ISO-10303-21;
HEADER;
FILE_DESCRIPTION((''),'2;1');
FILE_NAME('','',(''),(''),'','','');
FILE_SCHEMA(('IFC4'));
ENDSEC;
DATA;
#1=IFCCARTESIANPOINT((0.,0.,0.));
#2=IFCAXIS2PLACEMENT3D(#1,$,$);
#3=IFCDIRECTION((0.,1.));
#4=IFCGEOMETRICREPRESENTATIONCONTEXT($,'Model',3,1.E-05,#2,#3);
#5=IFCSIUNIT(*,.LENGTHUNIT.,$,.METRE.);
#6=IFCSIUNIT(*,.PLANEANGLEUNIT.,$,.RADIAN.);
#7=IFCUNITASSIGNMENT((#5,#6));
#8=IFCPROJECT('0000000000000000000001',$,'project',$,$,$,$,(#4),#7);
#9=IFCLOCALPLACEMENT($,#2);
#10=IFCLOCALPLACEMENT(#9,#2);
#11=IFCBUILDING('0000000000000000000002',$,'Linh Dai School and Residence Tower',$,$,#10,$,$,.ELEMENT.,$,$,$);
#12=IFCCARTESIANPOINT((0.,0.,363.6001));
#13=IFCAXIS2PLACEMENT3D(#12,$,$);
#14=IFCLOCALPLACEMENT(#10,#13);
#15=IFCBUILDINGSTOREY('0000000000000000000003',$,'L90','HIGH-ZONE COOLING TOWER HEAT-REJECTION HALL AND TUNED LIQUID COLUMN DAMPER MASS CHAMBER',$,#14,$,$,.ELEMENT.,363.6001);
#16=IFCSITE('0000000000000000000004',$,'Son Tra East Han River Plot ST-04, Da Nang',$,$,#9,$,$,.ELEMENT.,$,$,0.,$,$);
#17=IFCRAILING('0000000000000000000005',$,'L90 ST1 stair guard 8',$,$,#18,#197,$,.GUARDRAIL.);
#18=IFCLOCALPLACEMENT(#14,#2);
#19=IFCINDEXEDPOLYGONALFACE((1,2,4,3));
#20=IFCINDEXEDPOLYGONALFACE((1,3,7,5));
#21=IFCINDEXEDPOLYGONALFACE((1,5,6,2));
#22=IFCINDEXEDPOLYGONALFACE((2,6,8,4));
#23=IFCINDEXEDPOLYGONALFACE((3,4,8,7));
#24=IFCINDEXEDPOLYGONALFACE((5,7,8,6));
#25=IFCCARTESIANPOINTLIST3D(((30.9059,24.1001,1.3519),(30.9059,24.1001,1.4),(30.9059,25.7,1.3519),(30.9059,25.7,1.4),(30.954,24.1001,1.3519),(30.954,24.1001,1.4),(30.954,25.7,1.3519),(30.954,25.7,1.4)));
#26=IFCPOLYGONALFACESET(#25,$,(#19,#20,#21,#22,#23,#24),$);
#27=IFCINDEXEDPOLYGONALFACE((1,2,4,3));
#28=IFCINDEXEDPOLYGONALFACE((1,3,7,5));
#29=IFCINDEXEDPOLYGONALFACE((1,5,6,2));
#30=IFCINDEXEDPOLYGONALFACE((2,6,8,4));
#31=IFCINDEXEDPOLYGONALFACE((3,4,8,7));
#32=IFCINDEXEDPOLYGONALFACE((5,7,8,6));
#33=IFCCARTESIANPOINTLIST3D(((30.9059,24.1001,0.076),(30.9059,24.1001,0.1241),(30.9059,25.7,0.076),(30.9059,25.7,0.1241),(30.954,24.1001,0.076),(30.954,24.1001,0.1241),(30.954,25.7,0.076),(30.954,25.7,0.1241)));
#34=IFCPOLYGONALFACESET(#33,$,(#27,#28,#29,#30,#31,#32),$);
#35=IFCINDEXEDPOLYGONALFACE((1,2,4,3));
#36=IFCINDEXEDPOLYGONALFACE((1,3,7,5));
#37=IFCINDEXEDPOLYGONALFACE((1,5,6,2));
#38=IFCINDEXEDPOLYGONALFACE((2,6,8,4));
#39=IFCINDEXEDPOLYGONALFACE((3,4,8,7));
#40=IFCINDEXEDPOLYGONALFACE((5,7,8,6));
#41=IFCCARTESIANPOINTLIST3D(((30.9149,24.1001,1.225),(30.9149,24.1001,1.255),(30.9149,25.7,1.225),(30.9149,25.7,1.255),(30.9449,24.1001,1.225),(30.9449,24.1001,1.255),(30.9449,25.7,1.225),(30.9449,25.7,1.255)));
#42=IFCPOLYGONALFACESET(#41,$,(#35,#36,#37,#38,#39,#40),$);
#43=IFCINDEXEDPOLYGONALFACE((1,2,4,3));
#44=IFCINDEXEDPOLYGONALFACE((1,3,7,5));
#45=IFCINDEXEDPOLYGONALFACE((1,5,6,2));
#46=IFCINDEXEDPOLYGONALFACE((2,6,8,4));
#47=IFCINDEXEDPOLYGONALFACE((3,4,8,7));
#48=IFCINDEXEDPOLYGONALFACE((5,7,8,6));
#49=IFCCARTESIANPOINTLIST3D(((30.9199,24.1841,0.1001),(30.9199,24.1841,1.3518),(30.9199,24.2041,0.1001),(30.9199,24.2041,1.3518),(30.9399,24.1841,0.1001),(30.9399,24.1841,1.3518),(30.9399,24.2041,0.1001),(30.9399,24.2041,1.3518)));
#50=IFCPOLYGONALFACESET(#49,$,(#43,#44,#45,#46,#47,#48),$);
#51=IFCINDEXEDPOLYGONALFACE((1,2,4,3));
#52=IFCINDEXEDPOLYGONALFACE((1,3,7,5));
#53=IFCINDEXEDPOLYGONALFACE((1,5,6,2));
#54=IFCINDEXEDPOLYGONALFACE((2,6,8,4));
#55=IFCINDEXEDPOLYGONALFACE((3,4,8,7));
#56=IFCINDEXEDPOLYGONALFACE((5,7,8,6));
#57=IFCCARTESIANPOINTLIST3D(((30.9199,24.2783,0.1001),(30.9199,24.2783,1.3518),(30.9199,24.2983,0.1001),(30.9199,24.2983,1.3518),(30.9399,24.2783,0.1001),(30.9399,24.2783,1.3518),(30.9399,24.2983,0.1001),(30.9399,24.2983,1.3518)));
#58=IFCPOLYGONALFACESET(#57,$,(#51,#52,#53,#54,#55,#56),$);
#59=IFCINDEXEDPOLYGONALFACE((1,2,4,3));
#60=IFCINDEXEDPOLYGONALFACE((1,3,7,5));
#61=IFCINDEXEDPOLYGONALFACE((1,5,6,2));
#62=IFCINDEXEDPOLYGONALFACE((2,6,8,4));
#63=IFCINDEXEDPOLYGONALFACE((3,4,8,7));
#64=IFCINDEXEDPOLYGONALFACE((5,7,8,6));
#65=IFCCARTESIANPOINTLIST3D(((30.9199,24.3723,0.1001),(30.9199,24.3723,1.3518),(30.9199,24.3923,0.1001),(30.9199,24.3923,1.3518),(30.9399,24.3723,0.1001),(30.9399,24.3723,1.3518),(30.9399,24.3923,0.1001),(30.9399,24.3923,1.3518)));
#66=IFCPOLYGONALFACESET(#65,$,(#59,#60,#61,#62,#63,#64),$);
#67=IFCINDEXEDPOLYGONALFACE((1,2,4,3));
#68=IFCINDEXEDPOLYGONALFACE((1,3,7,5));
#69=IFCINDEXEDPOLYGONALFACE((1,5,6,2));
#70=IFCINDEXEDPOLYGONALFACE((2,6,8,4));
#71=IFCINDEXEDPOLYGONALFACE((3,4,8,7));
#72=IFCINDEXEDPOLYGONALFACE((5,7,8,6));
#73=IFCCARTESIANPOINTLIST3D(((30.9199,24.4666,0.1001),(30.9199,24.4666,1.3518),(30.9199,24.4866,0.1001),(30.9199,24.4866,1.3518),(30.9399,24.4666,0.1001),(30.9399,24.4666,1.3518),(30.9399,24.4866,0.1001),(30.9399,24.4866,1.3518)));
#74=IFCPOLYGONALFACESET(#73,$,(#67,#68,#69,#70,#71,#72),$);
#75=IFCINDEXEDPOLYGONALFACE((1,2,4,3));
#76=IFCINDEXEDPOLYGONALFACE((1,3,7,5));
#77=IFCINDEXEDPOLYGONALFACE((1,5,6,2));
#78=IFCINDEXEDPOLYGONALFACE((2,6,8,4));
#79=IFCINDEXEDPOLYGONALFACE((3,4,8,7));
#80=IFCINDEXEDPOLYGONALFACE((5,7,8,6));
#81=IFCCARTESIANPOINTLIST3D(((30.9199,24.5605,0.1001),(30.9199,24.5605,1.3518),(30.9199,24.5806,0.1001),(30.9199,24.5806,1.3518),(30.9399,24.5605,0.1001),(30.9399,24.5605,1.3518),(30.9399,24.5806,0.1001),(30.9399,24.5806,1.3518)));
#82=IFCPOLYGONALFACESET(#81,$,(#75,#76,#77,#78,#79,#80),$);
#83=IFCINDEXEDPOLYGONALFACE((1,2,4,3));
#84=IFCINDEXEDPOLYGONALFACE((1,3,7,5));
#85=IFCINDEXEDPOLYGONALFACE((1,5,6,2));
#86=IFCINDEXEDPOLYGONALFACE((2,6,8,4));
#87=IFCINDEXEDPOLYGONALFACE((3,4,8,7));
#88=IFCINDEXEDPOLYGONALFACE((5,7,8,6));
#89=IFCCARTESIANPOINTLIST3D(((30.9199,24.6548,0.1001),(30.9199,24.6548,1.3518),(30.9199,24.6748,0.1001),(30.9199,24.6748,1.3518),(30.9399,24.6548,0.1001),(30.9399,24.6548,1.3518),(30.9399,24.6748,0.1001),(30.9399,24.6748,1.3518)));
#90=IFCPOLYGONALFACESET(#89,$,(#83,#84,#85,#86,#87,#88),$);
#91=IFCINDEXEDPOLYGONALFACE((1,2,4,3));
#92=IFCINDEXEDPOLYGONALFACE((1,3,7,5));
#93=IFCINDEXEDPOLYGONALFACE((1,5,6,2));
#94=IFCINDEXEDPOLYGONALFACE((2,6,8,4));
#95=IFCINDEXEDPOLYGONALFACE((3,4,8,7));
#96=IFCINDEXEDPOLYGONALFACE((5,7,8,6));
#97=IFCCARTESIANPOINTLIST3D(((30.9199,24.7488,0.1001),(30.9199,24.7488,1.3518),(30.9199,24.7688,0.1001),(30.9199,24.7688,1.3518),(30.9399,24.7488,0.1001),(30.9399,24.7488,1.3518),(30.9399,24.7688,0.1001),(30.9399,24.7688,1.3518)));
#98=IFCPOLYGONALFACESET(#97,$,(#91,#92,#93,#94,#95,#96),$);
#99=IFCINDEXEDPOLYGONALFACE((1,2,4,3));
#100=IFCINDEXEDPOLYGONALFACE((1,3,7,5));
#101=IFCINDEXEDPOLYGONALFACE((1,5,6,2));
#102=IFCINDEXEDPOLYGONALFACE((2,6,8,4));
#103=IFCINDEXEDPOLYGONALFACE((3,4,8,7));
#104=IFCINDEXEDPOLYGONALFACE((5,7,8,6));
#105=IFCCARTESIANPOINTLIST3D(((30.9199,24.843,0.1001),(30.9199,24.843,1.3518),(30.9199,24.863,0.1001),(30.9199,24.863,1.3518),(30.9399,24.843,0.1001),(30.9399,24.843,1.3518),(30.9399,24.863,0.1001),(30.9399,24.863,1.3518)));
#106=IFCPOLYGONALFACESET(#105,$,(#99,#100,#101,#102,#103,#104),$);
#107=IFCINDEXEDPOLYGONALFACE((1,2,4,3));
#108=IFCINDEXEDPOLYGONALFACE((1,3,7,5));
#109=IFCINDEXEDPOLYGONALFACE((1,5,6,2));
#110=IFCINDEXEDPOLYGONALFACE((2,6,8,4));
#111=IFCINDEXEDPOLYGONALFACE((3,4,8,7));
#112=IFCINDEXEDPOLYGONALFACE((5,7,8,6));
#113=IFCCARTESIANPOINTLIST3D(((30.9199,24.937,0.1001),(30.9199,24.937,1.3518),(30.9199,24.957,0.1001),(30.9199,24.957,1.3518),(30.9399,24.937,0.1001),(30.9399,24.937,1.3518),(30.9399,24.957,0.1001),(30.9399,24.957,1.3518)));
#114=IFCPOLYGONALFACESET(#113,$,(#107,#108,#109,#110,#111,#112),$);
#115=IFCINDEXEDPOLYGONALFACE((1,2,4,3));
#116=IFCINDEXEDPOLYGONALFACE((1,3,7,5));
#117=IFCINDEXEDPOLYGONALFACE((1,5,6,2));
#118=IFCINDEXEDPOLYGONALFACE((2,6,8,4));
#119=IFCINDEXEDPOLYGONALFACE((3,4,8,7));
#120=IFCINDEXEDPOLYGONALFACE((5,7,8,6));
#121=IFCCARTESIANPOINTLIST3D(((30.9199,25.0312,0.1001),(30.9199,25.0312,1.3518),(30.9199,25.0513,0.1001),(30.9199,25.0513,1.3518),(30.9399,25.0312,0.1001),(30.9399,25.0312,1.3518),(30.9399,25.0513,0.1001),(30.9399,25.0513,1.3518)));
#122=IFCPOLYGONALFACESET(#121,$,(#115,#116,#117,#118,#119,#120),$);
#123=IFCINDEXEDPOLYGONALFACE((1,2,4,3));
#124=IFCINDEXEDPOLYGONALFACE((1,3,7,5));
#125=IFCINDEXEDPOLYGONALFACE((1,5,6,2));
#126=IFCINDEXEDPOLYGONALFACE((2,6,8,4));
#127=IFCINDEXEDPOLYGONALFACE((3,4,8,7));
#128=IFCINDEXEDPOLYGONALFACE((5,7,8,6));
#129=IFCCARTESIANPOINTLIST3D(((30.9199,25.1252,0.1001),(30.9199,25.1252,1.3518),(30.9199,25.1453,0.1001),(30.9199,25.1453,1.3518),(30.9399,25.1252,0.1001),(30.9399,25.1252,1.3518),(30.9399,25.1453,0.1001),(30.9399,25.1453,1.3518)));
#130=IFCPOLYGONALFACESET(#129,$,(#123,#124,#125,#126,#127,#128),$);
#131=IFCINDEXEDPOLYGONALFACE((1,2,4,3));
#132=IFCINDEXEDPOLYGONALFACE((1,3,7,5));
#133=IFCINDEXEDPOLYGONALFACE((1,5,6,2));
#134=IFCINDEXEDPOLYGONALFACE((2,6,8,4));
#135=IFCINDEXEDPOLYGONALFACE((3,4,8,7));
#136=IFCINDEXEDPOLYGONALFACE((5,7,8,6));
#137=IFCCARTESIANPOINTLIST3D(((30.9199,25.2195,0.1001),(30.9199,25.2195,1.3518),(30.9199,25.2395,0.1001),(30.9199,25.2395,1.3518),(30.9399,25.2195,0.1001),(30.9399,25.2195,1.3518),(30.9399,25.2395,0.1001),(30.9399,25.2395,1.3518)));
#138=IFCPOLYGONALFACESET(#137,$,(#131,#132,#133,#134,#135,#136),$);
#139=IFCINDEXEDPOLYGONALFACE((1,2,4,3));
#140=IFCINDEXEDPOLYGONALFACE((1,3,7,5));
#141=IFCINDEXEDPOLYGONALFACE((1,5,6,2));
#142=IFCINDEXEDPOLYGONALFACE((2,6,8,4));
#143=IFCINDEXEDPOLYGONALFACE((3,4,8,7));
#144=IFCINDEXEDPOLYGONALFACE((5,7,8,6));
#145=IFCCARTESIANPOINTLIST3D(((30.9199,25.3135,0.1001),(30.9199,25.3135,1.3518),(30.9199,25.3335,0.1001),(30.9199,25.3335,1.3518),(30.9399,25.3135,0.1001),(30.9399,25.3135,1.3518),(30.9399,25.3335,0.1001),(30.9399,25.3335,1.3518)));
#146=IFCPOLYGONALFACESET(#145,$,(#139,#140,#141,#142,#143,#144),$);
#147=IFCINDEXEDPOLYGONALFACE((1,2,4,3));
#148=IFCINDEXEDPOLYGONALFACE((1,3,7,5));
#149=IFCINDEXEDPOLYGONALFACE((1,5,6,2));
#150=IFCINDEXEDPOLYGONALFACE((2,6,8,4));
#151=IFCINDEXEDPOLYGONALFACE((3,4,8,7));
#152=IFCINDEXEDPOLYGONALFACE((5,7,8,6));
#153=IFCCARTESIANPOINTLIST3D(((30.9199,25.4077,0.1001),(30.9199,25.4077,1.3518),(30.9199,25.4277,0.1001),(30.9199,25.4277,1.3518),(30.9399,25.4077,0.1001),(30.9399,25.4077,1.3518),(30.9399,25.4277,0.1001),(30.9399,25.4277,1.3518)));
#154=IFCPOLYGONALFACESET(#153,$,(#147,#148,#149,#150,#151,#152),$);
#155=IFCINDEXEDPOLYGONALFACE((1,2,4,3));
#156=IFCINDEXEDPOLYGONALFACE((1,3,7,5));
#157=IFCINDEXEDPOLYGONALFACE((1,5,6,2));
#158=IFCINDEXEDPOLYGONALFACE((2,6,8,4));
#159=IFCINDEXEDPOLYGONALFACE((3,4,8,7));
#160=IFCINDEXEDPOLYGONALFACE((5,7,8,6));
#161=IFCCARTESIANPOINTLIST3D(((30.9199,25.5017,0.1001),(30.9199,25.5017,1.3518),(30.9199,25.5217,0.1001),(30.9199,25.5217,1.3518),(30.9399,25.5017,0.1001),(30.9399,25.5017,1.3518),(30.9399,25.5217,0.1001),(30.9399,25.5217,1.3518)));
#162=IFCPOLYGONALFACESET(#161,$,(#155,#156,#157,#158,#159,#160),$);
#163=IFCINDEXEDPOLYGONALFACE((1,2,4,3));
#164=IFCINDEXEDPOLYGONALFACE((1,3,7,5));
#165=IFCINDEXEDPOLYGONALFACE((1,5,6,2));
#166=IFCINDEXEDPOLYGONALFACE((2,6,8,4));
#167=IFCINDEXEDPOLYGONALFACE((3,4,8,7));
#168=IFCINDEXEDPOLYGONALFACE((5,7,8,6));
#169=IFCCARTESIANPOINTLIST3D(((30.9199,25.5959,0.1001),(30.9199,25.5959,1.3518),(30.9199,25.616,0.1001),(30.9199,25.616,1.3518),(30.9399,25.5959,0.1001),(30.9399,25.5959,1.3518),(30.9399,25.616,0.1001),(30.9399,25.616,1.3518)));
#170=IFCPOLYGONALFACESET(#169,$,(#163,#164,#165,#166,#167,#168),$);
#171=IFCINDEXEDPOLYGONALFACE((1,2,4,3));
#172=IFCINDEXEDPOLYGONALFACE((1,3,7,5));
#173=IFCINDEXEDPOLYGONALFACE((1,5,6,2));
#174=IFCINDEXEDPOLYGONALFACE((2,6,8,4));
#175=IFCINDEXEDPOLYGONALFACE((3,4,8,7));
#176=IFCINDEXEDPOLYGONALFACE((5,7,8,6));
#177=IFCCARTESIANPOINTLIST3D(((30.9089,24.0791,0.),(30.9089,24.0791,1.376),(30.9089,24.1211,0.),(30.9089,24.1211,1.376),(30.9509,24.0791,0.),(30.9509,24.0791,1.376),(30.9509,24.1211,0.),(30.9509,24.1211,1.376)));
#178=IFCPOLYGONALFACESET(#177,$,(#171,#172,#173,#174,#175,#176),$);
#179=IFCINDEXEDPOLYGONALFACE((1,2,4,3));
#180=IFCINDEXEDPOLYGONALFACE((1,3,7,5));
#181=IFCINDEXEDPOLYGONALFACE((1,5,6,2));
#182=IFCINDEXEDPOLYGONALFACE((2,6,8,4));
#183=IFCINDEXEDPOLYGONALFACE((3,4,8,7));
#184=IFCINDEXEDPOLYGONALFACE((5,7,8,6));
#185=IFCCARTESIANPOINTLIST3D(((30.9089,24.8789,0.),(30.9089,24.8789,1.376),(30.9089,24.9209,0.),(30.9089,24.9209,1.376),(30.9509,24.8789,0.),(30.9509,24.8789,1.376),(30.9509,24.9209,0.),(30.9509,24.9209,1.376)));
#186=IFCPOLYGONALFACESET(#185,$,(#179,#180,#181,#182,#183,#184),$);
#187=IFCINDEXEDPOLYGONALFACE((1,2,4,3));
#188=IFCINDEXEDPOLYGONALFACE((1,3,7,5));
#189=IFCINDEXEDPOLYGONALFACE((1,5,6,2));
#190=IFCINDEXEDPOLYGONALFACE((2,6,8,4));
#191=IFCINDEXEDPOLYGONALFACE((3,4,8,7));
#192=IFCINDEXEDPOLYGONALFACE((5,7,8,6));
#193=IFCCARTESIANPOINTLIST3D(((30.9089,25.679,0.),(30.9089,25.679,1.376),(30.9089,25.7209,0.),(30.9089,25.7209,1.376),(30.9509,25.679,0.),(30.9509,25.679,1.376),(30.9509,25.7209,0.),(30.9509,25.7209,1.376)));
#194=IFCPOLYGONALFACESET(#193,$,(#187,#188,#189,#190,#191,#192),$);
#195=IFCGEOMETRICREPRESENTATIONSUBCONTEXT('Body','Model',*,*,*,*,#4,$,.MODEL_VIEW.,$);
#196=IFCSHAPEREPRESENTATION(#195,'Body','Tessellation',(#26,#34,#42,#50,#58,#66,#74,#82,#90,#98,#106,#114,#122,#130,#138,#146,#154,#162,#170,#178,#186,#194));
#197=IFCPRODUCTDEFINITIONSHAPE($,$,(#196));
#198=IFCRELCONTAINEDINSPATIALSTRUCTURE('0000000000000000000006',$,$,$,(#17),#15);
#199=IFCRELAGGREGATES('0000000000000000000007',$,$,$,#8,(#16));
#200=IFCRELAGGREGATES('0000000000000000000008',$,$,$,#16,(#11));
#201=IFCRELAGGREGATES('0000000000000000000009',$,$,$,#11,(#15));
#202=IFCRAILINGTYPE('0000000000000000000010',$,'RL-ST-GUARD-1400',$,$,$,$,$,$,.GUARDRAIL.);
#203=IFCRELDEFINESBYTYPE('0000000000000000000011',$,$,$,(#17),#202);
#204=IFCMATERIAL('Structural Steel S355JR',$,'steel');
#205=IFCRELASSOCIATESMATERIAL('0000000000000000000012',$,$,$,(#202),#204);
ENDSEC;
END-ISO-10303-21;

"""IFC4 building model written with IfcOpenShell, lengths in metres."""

from ifc_helpers import new_model, si_unit, direction, frame, origin, origin_2d, place, context, subcontext, project, spatial, rectangle, extrude, source, transform, mapped, material, type_object, element, save


model = new_model("IFC4")

# Units and contexts
model_context = context("Model", 3, precision=1e-05, world=origin(), true_north=direction((0.0, 1.0)))
body_context = subcontext(model_context, "Body", "Model", "MODEL_VIEW")
ifc_project = project(units=[si_unit("LENGTHUNIT", "METRE"), si_unit("PLANEANGLEUNIT", "RADIAN")], contexts=[model_context])

# Site, building, storey
site_placement = place(None, origin())
site = spatial("IfcSite", under=ifc_project, at=site_placement, Name="Son Tra East Han River Plot ST-04, Da Nang", CompositionType="ELEMENT", RefElevation=0.0)
building_placement = place(site_placement, origin())
building = spatial("IfcBuilding", under=site, at=building_placement, Name="Linh Dai School and Residence Tower", CompositionType="ELEMENT")
storey_placement = place(building_placement, frame((0.0, 0.0, 363.6001)))
storey = spatial("IfcBuildingStorey", under=building, at=storey_placement, Name="L90", Description="HIGH-ZONE COOLING TOWER HEAT-REJECTION HALL AND TUNED LIQUID COLUMN DAMPER MASS CHAMBER", CompositionType="ELEMENT", Elevation=363.6001)

# Shared definitions
ifc_material_1 = material(Name="Structural Steel S355JR", Category="steel")

# Railing
railing_type_1 = type_object("IfcRailingType", Name="RL-ST-GUARD-1400", PredefinedType="GUARDRAIL", material=ifc_material_1)
shared_shape_1 = source(origin(), body_context, "Body", "SweptSolid", [
    extrude(rectangle(XDim=0.0481, YDim=0.0481, at=origin_2d()), frame((0.0, 0.0, 1.376), z_axis=(0.0, 1.0, 0.0), x_axis=(-1.0, 0.0, 0.0)), (0.0, 0.0, 1.0), 1.5999),
    extrude(rectangle(XDim=0.0481, YDim=0.0481, at=origin_2d()), frame((0.0, 0.0, 0.1001), z_axis=(0.0, 1.0, 0.0), x_axis=(-1.0, 0.0, 0.0)), (0.0, 0.0, 1.0), 1.5999),
    extrude(rectangle(XDim=0.03, YDim=0.03, at=origin_2d()), frame((0.0, 0.0, 1.24), z_axis=(0.0, 1.0, 0.0), x_axis=(-1.0, 0.0, 0.0)), (0.0, 0.0, 1.0), 1.5999),
    extrude(rectangle(XDim=0.02, YDim=0.02, at=origin_2d()), frame((0.0, 0.094, 0.1001)), (0.0, 0.0, 1.0), 1.2517),
    extrude(rectangle(XDim=0.02, YDim=0.02, at=origin_2d()), frame((0.0, 0.1882, 0.1001)), (0.0, 0.0, 1.0), 1.2517),
    extrude(rectangle(XDim=0.02, YDim=0.02, at=origin_2d()), frame((0.0, 0.2822, 0.1001)), (0.0, 0.0, 1.0), 1.2517),
    extrude(rectangle(XDim=0.02, YDim=0.02, at=origin_2d()), frame((0.0, 0.3765, 0.1001)), (0.0, 0.0, 1.0), 1.2517),
    extrude(rectangle(XDim=0.02, YDim=0.02, at=origin_2d()), frame((0.0, 0.4705, 0.1001)), (0.0, 0.0, 1.0), 1.2517),
    extrude(rectangle(XDim=0.02, YDim=0.02, at=origin_2d()), frame((0.0, 0.5647, 0.1001)), (0.0, 0.0, 1.0), 1.2517),
    extrude(rectangle(XDim=0.02, YDim=0.02, at=origin_2d()), frame((0.0, 0.6587, 0.1001)), (0.0, 0.0, 1.0), 1.2517),
    extrude(rectangle(XDim=0.02, YDim=0.02, at=origin_2d()), frame((0.0, 0.7529, 0.1001)), (0.0, 0.0, 1.0), 1.2517),
    extrude(rectangle(XDim=0.02, YDim=0.02, at=origin_2d()), frame((0.0, 0.8469, 0.1001)), (0.0, 0.0, 1.0), 1.2517),
    extrude(rectangle(XDim=0.02, YDim=0.02, at=origin_2d()), frame((0.0, 0.9412, 0.1001)), (0.0, 0.0, 1.0), 1.2517),
    extrude(rectangle(XDim=0.02, YDim=0.02, at=origin_2d()), frame((0.0, 1.0352, 0.1001)), (0.0, 0.0, 1.0), 1.2517),
    extrude(rectangle(XDim=0.02, YDim=0.02, at=origin_2d()), frame((0.0, 1.1294, 0.1001)), (0.0, 0.0, 1.0), 1.2517),
    extrude(rectangle(XDim=0.02, YDim=0.02, at=origin_2d()), frame((0.0, 1.2234, 0.1001)), (0.0, 0.0, 1.0), 1.2517),
    extrude(rectangle(XDim=0.02, YDim=0.02, at=origin_2d()), frame((0.0, 1.3176, 0.1001)), (0.0, 0.0, 1.0), 1.2517),
    extrude(rectangle(XDim=0.02, YDim=0.02, at=origin_2d()), frame((0.0, 1.4116, 0.1001)), (0.0, 0.0, 1.0), 1.2517),
    extrude(rectangle(XDim=0.02, YDim=0.02, at=origin_2d()), frame((0.0, 1.5059, 0.1001)), (0.0, 0.0, 1.0), 1.2517),
    extrude(rectangle(XDim=0.042, YDim=0.042, at=origin_2d()), origin(), (0.0, 0.0, 1.0), 1.376),
    extrude(rectangle(XDim=0.042, YDim=0.042, at=origin_2d()), frame((0.0, 0.7998, 0.0)), (0.0, 0.0, 1.0), 1.376),
    extrude(rectangle(XDim=0.042, YDim=0.042, at=origin_2d()), frame((0.0, 1.5999, 0.0)), (0.0, 0.0, 1.0), 1.376),
])
for number, where, name in (
    (1, (30.9299, 24.1001, 0.0), "L90 ST1 stair guard 8"),
):
    element("IfcRailing", number, at=place(storey_placement, frame(where)), inside=storey, type_object=railing_type_1, Name=name, PredefinedType="GUARDRAIL", context=body_context, shape_type="MappedRepresentation", body=[
        mapped(shared_shape_1, transform((0.0, 0.0, 0.0), x_axis=(1.0, 0.0, 0.0), y_axis=(0.0, 1.0, 0.0), z_axis=(0.0, 0.0, 1.0), scale=1.0)),
    ])

save(model, "model.ifc")
